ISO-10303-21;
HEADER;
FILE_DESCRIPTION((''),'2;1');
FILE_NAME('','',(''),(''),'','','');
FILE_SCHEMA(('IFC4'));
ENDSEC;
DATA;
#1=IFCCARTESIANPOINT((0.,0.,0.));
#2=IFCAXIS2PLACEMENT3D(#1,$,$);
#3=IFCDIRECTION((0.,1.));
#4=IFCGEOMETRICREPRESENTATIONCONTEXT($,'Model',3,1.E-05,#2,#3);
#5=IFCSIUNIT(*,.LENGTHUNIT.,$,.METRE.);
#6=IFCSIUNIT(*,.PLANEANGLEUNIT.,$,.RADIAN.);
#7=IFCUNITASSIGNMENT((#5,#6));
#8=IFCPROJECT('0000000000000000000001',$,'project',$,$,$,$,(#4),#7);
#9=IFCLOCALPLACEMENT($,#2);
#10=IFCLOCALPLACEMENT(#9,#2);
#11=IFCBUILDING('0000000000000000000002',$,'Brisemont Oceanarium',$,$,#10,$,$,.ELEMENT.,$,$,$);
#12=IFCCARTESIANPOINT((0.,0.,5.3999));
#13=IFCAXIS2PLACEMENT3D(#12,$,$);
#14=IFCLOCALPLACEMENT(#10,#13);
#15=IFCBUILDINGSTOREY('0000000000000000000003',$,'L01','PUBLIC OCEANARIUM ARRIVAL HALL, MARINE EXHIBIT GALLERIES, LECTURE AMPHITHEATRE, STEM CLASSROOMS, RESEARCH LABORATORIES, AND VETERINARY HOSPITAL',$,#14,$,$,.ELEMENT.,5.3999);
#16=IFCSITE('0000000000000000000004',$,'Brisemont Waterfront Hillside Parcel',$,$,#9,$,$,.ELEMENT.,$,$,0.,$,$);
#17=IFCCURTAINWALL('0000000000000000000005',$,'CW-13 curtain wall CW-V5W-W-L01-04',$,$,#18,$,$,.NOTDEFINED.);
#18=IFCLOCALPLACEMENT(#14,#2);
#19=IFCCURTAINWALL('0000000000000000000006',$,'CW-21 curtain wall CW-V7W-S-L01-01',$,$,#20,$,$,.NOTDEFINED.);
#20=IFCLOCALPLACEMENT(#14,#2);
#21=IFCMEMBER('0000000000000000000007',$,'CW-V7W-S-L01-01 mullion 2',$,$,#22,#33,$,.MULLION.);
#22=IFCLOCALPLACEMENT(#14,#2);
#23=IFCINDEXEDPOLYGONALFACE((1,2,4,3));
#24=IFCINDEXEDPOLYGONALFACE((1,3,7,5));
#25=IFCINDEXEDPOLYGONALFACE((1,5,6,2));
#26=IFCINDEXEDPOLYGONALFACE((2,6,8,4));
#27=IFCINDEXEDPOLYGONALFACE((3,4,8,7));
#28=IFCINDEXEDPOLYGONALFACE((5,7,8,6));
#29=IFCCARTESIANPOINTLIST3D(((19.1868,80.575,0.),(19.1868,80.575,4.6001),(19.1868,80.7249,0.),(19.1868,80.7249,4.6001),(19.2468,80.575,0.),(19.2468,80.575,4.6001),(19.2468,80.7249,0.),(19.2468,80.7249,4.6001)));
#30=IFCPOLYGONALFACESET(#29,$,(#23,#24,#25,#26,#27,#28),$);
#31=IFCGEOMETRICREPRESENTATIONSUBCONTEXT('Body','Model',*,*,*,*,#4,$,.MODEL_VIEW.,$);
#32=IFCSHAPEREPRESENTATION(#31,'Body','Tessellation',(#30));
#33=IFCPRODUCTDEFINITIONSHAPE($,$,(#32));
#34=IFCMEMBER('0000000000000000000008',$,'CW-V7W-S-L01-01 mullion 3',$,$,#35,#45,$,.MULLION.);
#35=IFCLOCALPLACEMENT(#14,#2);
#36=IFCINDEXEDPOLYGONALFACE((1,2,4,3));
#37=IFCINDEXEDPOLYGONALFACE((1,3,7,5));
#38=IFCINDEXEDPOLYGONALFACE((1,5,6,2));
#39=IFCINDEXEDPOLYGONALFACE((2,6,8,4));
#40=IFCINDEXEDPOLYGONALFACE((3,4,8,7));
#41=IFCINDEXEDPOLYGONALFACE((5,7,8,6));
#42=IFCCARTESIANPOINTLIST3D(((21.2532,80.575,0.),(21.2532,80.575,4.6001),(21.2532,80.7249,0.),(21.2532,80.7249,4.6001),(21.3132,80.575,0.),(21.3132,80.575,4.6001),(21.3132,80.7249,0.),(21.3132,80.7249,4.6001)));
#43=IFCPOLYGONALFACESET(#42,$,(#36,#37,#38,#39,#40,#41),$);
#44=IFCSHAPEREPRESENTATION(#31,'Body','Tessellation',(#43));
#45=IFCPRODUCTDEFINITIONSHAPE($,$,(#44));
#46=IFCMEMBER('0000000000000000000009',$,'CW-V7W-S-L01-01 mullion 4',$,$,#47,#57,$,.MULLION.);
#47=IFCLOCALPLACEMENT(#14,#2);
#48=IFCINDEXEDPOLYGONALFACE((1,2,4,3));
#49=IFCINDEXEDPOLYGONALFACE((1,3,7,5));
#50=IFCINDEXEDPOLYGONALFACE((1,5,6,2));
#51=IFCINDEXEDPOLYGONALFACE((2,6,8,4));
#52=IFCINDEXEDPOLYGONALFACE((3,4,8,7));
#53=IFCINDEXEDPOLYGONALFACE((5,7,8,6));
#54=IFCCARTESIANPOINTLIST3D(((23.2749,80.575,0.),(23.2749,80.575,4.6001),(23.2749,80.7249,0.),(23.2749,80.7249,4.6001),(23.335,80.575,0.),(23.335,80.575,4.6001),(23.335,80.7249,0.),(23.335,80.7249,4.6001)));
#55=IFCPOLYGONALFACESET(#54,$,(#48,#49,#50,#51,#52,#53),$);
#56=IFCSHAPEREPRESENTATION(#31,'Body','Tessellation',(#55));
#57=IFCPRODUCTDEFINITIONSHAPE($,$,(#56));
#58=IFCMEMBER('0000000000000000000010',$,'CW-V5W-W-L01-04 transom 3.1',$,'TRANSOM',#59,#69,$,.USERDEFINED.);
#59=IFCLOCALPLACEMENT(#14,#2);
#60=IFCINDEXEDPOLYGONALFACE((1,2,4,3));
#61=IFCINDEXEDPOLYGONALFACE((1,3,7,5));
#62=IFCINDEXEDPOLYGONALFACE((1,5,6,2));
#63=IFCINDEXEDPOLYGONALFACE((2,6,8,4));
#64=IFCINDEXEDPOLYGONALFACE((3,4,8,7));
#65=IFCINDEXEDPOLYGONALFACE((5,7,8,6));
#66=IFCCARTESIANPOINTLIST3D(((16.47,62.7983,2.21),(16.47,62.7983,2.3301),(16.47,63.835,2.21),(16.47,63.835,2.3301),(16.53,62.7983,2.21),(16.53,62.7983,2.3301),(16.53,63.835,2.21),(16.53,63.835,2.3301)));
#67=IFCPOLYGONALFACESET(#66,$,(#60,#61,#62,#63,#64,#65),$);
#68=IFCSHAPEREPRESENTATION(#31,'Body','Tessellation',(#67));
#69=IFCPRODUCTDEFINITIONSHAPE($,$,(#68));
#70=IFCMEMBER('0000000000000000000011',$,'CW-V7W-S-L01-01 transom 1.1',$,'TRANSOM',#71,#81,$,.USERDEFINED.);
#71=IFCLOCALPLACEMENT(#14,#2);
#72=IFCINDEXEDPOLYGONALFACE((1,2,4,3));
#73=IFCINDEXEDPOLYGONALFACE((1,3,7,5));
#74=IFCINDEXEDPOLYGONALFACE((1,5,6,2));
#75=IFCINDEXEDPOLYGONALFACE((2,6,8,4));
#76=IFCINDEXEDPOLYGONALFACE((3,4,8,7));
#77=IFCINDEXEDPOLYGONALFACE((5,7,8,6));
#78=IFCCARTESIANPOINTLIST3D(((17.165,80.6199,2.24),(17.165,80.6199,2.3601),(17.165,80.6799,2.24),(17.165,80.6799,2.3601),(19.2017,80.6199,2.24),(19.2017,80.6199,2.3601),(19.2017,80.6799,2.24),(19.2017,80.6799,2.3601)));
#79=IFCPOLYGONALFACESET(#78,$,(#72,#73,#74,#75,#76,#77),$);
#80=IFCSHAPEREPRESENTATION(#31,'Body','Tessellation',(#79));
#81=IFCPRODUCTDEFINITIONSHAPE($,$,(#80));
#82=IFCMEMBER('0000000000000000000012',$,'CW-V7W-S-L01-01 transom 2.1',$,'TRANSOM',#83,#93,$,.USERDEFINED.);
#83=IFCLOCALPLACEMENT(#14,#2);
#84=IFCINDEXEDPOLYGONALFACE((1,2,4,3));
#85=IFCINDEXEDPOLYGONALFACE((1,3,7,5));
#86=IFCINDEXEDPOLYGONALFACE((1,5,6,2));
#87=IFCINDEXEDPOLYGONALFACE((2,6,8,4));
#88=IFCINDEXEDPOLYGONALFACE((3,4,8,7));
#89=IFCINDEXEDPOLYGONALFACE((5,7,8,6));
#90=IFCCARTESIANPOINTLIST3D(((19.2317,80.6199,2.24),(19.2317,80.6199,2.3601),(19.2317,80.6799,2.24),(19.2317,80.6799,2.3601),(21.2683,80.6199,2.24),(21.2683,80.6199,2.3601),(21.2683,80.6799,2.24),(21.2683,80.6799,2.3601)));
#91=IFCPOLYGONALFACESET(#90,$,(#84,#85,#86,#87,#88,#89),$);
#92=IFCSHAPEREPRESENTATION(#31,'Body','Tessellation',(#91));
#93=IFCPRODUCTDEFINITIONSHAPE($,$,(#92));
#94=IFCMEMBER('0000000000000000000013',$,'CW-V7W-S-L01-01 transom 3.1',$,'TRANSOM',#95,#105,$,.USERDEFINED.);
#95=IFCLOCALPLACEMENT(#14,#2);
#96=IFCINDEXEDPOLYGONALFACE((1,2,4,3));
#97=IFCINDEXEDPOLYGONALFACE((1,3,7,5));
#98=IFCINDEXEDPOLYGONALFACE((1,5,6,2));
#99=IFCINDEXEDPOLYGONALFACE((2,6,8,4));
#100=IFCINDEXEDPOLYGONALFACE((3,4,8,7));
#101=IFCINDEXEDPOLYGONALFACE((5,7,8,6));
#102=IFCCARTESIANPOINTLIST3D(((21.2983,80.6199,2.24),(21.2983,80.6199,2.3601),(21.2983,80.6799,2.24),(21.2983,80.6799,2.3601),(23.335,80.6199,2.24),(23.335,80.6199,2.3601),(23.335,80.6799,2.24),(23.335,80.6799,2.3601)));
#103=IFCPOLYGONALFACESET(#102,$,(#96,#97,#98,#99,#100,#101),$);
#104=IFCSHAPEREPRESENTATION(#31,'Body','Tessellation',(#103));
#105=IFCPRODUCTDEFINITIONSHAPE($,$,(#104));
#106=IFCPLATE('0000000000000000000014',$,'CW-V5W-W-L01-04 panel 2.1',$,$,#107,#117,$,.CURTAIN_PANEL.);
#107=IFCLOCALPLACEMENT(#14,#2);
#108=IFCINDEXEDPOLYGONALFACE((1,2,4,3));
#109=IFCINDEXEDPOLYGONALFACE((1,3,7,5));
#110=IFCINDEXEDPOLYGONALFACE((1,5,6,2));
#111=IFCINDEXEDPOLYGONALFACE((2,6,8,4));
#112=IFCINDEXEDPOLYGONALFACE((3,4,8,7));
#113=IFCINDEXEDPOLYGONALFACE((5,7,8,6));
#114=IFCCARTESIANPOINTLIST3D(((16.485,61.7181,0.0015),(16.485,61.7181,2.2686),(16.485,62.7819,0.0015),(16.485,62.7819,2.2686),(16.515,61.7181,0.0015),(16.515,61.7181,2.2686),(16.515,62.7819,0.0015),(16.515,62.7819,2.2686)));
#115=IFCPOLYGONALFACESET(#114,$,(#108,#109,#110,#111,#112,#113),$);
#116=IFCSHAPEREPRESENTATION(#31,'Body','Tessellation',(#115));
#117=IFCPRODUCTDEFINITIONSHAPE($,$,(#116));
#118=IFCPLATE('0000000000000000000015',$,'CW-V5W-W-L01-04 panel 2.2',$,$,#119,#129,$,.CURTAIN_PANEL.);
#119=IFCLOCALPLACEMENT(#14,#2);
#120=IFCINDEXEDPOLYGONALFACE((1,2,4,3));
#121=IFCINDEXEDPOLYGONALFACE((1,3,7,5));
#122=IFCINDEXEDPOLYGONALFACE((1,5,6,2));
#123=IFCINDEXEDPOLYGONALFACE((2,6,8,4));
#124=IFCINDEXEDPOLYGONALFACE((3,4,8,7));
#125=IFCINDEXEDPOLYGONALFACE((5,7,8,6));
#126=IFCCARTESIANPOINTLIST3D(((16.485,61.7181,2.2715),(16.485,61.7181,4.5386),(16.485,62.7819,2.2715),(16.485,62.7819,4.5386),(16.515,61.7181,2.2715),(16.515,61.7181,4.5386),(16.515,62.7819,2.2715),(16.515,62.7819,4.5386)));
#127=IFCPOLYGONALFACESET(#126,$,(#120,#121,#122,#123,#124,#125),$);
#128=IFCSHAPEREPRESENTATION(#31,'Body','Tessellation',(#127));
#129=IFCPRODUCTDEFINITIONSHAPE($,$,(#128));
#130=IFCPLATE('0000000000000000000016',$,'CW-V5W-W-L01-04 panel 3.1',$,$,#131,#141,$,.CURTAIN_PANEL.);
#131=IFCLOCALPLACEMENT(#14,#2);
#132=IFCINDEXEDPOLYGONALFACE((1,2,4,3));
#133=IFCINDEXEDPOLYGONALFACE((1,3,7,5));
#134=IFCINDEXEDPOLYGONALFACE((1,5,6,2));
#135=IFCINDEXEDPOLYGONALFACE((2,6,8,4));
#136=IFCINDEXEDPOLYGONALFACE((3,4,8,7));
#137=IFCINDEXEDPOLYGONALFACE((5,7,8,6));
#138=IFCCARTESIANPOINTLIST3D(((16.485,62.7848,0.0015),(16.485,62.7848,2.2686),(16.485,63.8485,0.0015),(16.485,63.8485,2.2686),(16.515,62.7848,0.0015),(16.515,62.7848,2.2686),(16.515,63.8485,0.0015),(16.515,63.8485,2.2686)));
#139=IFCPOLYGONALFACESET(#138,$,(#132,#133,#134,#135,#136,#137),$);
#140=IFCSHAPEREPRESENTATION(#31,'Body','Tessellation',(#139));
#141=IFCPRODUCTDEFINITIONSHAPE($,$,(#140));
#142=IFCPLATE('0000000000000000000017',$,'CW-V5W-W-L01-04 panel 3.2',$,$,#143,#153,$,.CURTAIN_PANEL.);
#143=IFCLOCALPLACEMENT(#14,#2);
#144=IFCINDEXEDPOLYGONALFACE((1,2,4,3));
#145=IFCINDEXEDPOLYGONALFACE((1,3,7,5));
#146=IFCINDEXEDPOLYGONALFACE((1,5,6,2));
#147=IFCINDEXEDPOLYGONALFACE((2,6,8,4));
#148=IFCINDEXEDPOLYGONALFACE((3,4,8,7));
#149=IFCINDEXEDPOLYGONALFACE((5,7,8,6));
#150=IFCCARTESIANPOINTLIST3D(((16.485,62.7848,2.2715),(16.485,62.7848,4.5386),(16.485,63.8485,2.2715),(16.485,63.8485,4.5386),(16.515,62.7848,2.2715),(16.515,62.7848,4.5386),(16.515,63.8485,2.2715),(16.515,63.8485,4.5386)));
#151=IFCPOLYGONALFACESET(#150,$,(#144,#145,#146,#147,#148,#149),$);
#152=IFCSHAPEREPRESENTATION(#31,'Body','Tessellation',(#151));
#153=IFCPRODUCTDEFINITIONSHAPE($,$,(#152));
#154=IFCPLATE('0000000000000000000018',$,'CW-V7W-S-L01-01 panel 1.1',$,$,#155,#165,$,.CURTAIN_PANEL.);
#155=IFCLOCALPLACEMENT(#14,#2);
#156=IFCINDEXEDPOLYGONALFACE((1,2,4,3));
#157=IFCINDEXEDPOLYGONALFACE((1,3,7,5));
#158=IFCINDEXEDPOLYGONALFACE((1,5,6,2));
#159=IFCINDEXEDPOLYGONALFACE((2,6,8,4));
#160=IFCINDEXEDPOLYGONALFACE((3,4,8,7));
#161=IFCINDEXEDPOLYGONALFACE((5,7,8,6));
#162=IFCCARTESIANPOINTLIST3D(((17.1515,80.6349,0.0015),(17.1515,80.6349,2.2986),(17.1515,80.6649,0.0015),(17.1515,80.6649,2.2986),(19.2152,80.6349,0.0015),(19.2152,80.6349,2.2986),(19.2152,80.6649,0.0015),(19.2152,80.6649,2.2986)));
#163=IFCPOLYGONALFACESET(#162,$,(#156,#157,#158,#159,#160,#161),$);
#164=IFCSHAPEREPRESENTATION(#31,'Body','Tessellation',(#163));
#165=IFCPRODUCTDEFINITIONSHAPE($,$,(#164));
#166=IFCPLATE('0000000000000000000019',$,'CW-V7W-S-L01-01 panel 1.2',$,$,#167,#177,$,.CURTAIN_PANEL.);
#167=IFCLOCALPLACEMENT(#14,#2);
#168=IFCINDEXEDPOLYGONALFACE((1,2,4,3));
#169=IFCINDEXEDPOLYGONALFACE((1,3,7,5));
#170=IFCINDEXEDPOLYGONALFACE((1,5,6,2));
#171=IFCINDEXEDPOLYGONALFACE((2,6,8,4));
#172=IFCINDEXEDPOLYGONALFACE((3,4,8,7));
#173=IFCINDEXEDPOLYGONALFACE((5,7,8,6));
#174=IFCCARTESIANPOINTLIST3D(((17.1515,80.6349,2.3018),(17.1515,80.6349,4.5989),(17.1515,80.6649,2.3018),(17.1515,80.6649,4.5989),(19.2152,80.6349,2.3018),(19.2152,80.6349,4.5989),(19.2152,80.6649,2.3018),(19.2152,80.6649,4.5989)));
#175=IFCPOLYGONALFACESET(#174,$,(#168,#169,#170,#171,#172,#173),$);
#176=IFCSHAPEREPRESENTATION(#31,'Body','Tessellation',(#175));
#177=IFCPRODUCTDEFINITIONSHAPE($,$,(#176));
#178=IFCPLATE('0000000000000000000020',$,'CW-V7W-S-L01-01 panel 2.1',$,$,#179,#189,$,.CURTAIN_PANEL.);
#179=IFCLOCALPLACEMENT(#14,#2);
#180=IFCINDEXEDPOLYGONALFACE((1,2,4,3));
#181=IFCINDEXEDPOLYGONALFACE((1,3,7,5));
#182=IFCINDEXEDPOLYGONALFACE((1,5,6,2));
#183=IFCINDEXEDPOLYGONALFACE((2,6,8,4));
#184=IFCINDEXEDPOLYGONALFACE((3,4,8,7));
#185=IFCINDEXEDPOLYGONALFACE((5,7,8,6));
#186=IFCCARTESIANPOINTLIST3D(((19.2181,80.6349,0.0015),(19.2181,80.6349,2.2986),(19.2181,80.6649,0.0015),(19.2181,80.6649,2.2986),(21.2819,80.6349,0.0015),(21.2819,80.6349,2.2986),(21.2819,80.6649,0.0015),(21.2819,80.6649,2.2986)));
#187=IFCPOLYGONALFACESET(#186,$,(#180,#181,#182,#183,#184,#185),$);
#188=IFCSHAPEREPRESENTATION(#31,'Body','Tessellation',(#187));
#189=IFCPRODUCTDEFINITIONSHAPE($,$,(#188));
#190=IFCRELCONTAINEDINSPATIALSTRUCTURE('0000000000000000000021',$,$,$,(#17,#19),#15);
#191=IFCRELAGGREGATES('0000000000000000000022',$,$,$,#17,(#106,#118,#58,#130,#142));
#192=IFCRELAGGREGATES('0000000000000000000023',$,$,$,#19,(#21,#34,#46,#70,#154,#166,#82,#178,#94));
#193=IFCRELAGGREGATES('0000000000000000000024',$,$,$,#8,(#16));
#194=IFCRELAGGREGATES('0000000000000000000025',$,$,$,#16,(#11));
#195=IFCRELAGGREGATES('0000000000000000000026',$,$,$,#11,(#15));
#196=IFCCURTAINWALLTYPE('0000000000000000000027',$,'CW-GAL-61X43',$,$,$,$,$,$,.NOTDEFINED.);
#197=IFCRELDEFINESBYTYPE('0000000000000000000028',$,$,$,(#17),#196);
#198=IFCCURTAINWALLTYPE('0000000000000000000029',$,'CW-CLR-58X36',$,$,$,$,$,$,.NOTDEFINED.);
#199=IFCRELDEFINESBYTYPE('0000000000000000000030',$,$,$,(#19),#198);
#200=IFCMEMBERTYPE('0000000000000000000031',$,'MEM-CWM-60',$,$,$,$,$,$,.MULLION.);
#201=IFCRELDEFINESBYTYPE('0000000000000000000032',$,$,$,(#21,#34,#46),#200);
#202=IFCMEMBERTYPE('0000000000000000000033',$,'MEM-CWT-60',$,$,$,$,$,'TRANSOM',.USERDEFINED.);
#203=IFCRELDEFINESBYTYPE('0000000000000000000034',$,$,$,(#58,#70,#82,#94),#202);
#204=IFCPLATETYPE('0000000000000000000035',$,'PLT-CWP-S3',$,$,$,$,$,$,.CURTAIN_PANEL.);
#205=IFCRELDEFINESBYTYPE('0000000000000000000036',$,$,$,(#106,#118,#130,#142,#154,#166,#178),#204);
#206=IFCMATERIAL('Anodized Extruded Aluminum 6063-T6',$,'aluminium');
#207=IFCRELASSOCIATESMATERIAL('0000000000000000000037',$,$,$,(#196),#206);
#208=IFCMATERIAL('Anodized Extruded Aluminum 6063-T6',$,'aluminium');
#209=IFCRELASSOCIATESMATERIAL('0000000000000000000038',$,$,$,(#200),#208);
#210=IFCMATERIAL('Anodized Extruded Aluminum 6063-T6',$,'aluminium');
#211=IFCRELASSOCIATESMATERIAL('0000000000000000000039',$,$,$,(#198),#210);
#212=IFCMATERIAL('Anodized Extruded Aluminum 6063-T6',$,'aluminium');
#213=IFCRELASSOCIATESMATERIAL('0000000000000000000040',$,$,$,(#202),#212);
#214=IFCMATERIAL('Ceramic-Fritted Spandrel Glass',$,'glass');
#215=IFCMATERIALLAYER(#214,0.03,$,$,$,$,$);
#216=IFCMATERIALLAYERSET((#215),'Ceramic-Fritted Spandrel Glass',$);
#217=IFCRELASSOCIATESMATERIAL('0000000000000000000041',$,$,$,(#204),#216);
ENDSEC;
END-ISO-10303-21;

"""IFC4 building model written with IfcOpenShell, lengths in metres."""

from ifc_helpers import new_model, si_unit, direction, frame, origin, origin_2d, place, context, subcontext, project, spatial, rectangle, extrude, material, layer, layer_set, material_profile, profile_set, type_object, element, aggregate, save


model = new_model("IFC4")

# Units and contexts
model_context = context("Model", 3, precision=1e-05, world=origin(), true_north=direction((0.0, 1.0)))
body_context = subcontext(model_context, "Body", "Model", "MODEL_VIEW")
ifc_project = project(units=[si_unit("LENGTHUNIT", "METRE"), si_unit("PLANEANGLEUNIT", "RADIAN")], contexts=[model_context])

# Site, building, storey
site_placement = place(None, origin())
site = spatial("IfcSite", under=ifc_project, at=site_placement, Name="Brisemont Waterfront Hillside Parcel", CompositionType="ELEMENT", RefElevation=0.0)
building_placement = place(site_placement, origin())
building = spatial("IfcBuilding", under=site, at=building_placement, Name="Brisemont Oceanarium", CompositionType="ELEMENT")
storey_placement = place(building_placement, frame((0.0, 0.0, 5.3999)))
storey = spatial("IfcBuildingStorey", under=building, at=storey_placement, Name="L01", Description="PUBLIC OCEANARIUM ARRIVAL HALL, MARINE EXHIBIT GALLERIES, LECTURE AMPHITHEATRE, STEM CLASSROOMS, RESEARCH LABORATORIES, AND VETERINARY HOSPITAL", CompositionType="ELEMENT", Elevation=5.3999)

# Curtain walls, members
ifc_material_1 = material(Name="Anodized Extruded Aluminum 6063-T6", Category="aluminium")
curtain_wall_type_1 = type_object("IfcCurtainWallType", Name="CW-GAL-61X43", PredefinedType="NOTDEFINED", material=ifc_material_1)
curtain_wall_1_placement = place(storey_placement, origin())
curtain_wall_1 = element("IfcCurtainWall", 1, at=curtain_wall_1_placement, inside=storey, type_object=curtain_wall_type_1, Name="CW-13 curtain wall CW-V5W-W-L01-04", PredefinedType="NOTDEFINED")
ifc_material_2 = material(Name="Anodized Extruded Aluminum 6063-T6", Category="aluminium")
ifc_material_profile_1 = material_profile(ifc_material_2, rectangle(XDim=0.0601, YDim=0.1499, at=origin_2d()), Name="CWM-60X150")
ifc_profile_set_1 = profile_set([ifc_material_profile_1], Name="Anodized Extruded Aluminum 6063-T6")
member_type_1 = type_object("IfcMemberType", Name="MEM-CWM-60", PredefinedType="MULLION", material=ifc_profile_set_1)
ifc_material_3 = material(Name="Anodized Extruded Aluminum 6063-T6", Category="aluminium")
curtain_wall_type_2 = type_object("IfcCurtainWallType", Name="CW-CLR-58X36", PredefinedType="NOTDEFINED", material=ifc_material_3)
curtain_wall_2_placement = place(storey_placement, origin())
curtain_wall_2 = element("IfcCurtainWall", 2, at=curtain_wall_2_placement, inside=storey, type_object=curtain_wall_type_2, Name="CW-21 curtain wall CW-V7W-S-L01-01", PredefinedType="NOTDEFINED")
member_1_placement = place(storey_placement, frame((19.2168, 80.6499, 0.0), z_axis=(0.0, 0.0, 1.0), x_axis=(1.0, 0.0, 0.0)))
member_1 = element("IfcMember", 3, at=member_1_placement, type_object=member_type_1, Name="CW-V7W-S-L01-01 mullion 2", PredefinedType="MULLION", context=body_context, shape_type="SweptSolid", body=[
    extrude(rectangle(XDim=0.0601, YDim=0.1499, at=origin_2d()), origin(), (0.0, 0.0, 1.0), 4.6001),
])
member_2_placement = place(storey_placement, frame((21.2832, 80.6499, 0.0), z_axis=(0.0, 0.0, 1.0), x_axis=(1.0, 0.0, 0.0)))
member_2 = element("IfcMember", 4, at=member_2_placement, type_object=member_type_1, Name="CW-V7W-S-L01-01 mullion 3", PredefinedType="MULLION", context=body_context, shape_type="SweptSolid", body=[
    extrude(rectangle(XDim=0.0601, YDim=0.1499, at=origin_2d()), origin(), (0.0, 0.0, 1.0), 4.6001),
])
member_3_placement = place(storey_placement, frame((23.3049, 80.6499, 0.0), z_axis=(0.0, 0.0, 1.0), x_axis=(1.0, 0.0, 0.0)))
member_3 = element("IfcMember", 5, at=member_3_placement, type_object=member_type_1, Name="CW-V7W-S-L01-01 mullion 4", PredefinedType="MULLION", context=body_context, shape_type="SweptSolid", body=[
    extrude(rectangle(XDim=0.0601, YDim=0.1499, at=origin_2d()), origin(), (0.0, 0.0, 1.0), 4.6001),
])

# Members
ifc_material_4 = material(Name="Anodized Extruded Aluminum 6063-T6", Category="aluminium")
ifc_material_profile_2 = material_profile(ifc_material_4, rectangle(XDim=0.0601, YDim=0.1201, at=origin_2d()), Name="CWT-60X120")
ifc_profile_set_2 = profile_set([ifc_material_profile_2], Name="Anodized Extruded Aluminum 6063-T6")
member_type_2 = type_object("IfcMemberType", Name="MEM-CWT-60", ElementType="TRANSOM", PredefinedType="USERDEFINED", material=ifc_profile_set_2)
member_4_placement = place(storey_placement, frame((16.5, 62.7983, 2.27), z_axis=(0.0, 1.0, 0.0), x_axis=(-1.0, 0.0, 0.0)))
member_4 = element("IfcMember", 6, at=member_4_placement, type_object=member_type_2, Name="CW-V5W-W-L01-04 transom 3.1", ObjectType="TRANSOM", PredefinedType="USERDEFINED", context=body_context, shape_type="SweptSolid", body=[
    extrude(rectangle(XDim=0.0601, YDim=0.1201, at=origin_2d()), origin(), (0.0, 0.0, 1.0), 1.0366),
])
member_5_placement = place(storey_placement, frame((17.165, 80.6499, 2.3), z_axis=(1.0, 0.0, 0.0), x_axis=(0.0, 1.0, 0.0)))
member_5 = element("IfcMember", 7, at=member_5_placement, type_object=member_type_2, Name="CW-V7W-S-L01-01 transom 1.1", ObjectType="TRANSOM", PredefinedType="USERDEFINED", context=body_context, shape_type="SweptSolid", body=[
    extrude(rectangle(XDim=0.0601, YDim=0.1201, at=origin_2d()), origin(), (0.0, 0.0, 1.0), 2.0366),
])
member_6_placement = place(storey_placement, frame((19.2317, 80.6499, 2.3), z_axis=(1.0, 0.0, 0.0), x_axis=(0.0, 1.0, 0.0)))
member_6 = element("IfcMember", 8, at=member_6_placement, type_object=member_type_2, Name="CW-V7W-S-L01-01 transom 2.1", ObjectType="TRANSOM", PredefinedType="USERDEFINED", context=body_context, shape_type="SweptSolid", body=[
    extrude(rectangle(XDim=0.0601, YDim=0.1201, at=origin_2d()), origin(), (0.0, 0.0, 1.0), 2.0366),
])
member_7_placement = place(storey_placement, frame((21.2983, 80.6499, 2.3), z_axis=(1.0, 0.0, 0.0), x_axis=(0.0, 1.0, 0.0)))
member_7 = element("IfcMember", 9, at=member_7_placement, type_object=member_type_2, Name="CW-V7W-S-L01-01 transom 3.1", ObjectType="TRANSOM", PredefinedType="USERDEFINED", context=body_context, shape_type="SweptSolid", body=[
    extrude(rectangle(XDim=0.0601, YDim=0.1201, at=origin_2d()), origin(), (0.0, 0.0, 1.0), 2.0366),
])

# Plates
ifc_material_5 = material(Name="Ceramic-Fritted Spandrel Glass", Category="glass")
ifc_layer_1 = layer(ifc_material_5, 0.03)
ifc_layer_set_1 = layer_set([ifc_layer_1], Name="Ceramic-Fritted Spandrel Glass")
plate_type = type_object("IfcPlateType", Name="PLT-CWP-S3", PredefinedType="CURTAIN_PANEL", material=ifc_layer_set_1)
plate_1_placement = place(storey_placement, frame((16.5, 62.25, 0.0015), z_axis=(0.0, 0.0, 1.0), x_axis=(0.0, 1.0, 0.0)))
plate_1 = element("IfcPlate", 10, at=plate_1_placement, type_object=plate_type, Name="CW-V5W-W-L01-04 panel 2.1", PredefinedType="CURTAIN_PANEL", context=body_context, shape_type="SweptSolid", body=[
    extrude(rectangle(XDim=1.0637, YDim=0.03, at=origin_2d()), origin(), (0.0, 0.0, 1.0), 2.2671),
])
plate_2_placement = place(storey_placement, frame((16.5, 62.25, 2.2715), z_axis=(0.0, 0.0, 1.0), x_axis=(0.0, 1.0, 0.0)))
plate_2 = element("IfcPlate", 11, at=plate_2_placement, type_object=plate_type, Name="CW-V5W-W-L01-04 panel 2.2", PredefinedType="CURTAIN_PANEL", context=body_context, shape_type="SweptSolid", body=[
    extrude(rectangle(XDim=1.0637, YDim=0.03, at=origin_2d()), origin(), (0.0, 0.0, 1.0), 2.2671),
])
plate_3_placement = place(storey_placement, frame((16.5, 63.3167, 0.0015), z_axis=(0.0, 0.0, 1.0), x_axis=(0.0, 1.0, 0.0)))
plate_3 = element("IfcPlate", 12, at=plate_3_placement, type_object=plate_type, Name="CW-V5W-W-L01-04 panel 3.1", PredefinedType="CURTAIN_PANEL", context=body_context, shape_type="SweptSolid", body=[
    extrude(rectangle(XDim=1.0637, YDim=0.03, at=origin_2d()), origin(), (0.0, 0.0, 1.0), 2.2671),
])
plate_4_placement = place(storey_placement, frame((16.5, 63.3167, 2.2715), z_axis=(0.0, 0.0, 1.0), x_axis=(0.0, 1.0, 0.0)))
plate_4 = element("IfcPlate", 13, at=plate_4_placement, type_object=plate_type, Name="CW-V5W-W-L01-04 panel 3.2", PredefinedType="CURTAIN_PANEL", context=body_context, shape_type="SweptSolid", body=[
    extrude(rectangle(XDim=1.0637, YDim=0.03, at=origin_2d()), origin(), (0.0, 0.0, 1.0), 2.2671),
])
aggregate(curtain_wall_1, [plate_1, plate_2, member_4, plate_3, plate_4])
plate_5_placement = place(storey_placement, frame((18.1833, 80.6499, 0.0015), z_axis=(0.0, 0.0, 1.0), x_axis=(1.0, 0.0, 0.0)))
plate_5 = element("IfcPlate", 14, at=plate_5_placement, type_object=plate_type, Name="CW-V7W-S-L01-01 panel 1.1", PredefinedType="CURTAIN_PANEL", context=body_context, shape_type="SweptSolid", body=[
    extrude(rectangle(XDim=2.0637, YDim=0.03, at=origin_2d()), origin(), (0.0, 0.0, 1.0), 2.2971),
])
plate_6_placement = place(storey_placement, frame((18.1833, 80.6499, 2.3018), z_axis=(0.0, 0.0, 1.0), x_axis=(1.0, 0.0, 0.0)))
plate_6 = element("IfcPlate", 15, at=plate_6_placement, type_object=plate_type, Name="CW-V7W-S-L01-01 panel 1.2", PredefinedType="CURTAIN_PANEL", context=body_context, shape_type="SweptSolid", body=[
    extrude(rectangle(XDim=2.0637, YDim=0.03, at=origin_2d()), origin(), (0.0, 0.0, 1.0), 2.2971),
])
plate_7_placement = place(storey_placement, frame((20.25, 80.6499, 0.0015), z_axis=(0.0, 0.0, 1.0), x_axis=(1.0, 0.0, 0.0)))
plate_7 = element("IfcPlate", 16, at=plate_7_placement, type_object=plate_type, Name="CW-V7W-S-L01-01 panel 2.1", PredefinedType="CURTAIN_PANEL", context=body_context, shape_type="SweptSolid", body=[
    extrude(rectangle(XDim=2.0637, YDim=0.03, at=origin_2d()), origin(), (0.0, 0.0, 1.0), 2.2971),
])
aggregate(curtain_wall_2, [member_1, member_2, member_3, member_5, plate_5, plate_6, member_6, plate_7, member_7])

save(model, "model.ifc")
